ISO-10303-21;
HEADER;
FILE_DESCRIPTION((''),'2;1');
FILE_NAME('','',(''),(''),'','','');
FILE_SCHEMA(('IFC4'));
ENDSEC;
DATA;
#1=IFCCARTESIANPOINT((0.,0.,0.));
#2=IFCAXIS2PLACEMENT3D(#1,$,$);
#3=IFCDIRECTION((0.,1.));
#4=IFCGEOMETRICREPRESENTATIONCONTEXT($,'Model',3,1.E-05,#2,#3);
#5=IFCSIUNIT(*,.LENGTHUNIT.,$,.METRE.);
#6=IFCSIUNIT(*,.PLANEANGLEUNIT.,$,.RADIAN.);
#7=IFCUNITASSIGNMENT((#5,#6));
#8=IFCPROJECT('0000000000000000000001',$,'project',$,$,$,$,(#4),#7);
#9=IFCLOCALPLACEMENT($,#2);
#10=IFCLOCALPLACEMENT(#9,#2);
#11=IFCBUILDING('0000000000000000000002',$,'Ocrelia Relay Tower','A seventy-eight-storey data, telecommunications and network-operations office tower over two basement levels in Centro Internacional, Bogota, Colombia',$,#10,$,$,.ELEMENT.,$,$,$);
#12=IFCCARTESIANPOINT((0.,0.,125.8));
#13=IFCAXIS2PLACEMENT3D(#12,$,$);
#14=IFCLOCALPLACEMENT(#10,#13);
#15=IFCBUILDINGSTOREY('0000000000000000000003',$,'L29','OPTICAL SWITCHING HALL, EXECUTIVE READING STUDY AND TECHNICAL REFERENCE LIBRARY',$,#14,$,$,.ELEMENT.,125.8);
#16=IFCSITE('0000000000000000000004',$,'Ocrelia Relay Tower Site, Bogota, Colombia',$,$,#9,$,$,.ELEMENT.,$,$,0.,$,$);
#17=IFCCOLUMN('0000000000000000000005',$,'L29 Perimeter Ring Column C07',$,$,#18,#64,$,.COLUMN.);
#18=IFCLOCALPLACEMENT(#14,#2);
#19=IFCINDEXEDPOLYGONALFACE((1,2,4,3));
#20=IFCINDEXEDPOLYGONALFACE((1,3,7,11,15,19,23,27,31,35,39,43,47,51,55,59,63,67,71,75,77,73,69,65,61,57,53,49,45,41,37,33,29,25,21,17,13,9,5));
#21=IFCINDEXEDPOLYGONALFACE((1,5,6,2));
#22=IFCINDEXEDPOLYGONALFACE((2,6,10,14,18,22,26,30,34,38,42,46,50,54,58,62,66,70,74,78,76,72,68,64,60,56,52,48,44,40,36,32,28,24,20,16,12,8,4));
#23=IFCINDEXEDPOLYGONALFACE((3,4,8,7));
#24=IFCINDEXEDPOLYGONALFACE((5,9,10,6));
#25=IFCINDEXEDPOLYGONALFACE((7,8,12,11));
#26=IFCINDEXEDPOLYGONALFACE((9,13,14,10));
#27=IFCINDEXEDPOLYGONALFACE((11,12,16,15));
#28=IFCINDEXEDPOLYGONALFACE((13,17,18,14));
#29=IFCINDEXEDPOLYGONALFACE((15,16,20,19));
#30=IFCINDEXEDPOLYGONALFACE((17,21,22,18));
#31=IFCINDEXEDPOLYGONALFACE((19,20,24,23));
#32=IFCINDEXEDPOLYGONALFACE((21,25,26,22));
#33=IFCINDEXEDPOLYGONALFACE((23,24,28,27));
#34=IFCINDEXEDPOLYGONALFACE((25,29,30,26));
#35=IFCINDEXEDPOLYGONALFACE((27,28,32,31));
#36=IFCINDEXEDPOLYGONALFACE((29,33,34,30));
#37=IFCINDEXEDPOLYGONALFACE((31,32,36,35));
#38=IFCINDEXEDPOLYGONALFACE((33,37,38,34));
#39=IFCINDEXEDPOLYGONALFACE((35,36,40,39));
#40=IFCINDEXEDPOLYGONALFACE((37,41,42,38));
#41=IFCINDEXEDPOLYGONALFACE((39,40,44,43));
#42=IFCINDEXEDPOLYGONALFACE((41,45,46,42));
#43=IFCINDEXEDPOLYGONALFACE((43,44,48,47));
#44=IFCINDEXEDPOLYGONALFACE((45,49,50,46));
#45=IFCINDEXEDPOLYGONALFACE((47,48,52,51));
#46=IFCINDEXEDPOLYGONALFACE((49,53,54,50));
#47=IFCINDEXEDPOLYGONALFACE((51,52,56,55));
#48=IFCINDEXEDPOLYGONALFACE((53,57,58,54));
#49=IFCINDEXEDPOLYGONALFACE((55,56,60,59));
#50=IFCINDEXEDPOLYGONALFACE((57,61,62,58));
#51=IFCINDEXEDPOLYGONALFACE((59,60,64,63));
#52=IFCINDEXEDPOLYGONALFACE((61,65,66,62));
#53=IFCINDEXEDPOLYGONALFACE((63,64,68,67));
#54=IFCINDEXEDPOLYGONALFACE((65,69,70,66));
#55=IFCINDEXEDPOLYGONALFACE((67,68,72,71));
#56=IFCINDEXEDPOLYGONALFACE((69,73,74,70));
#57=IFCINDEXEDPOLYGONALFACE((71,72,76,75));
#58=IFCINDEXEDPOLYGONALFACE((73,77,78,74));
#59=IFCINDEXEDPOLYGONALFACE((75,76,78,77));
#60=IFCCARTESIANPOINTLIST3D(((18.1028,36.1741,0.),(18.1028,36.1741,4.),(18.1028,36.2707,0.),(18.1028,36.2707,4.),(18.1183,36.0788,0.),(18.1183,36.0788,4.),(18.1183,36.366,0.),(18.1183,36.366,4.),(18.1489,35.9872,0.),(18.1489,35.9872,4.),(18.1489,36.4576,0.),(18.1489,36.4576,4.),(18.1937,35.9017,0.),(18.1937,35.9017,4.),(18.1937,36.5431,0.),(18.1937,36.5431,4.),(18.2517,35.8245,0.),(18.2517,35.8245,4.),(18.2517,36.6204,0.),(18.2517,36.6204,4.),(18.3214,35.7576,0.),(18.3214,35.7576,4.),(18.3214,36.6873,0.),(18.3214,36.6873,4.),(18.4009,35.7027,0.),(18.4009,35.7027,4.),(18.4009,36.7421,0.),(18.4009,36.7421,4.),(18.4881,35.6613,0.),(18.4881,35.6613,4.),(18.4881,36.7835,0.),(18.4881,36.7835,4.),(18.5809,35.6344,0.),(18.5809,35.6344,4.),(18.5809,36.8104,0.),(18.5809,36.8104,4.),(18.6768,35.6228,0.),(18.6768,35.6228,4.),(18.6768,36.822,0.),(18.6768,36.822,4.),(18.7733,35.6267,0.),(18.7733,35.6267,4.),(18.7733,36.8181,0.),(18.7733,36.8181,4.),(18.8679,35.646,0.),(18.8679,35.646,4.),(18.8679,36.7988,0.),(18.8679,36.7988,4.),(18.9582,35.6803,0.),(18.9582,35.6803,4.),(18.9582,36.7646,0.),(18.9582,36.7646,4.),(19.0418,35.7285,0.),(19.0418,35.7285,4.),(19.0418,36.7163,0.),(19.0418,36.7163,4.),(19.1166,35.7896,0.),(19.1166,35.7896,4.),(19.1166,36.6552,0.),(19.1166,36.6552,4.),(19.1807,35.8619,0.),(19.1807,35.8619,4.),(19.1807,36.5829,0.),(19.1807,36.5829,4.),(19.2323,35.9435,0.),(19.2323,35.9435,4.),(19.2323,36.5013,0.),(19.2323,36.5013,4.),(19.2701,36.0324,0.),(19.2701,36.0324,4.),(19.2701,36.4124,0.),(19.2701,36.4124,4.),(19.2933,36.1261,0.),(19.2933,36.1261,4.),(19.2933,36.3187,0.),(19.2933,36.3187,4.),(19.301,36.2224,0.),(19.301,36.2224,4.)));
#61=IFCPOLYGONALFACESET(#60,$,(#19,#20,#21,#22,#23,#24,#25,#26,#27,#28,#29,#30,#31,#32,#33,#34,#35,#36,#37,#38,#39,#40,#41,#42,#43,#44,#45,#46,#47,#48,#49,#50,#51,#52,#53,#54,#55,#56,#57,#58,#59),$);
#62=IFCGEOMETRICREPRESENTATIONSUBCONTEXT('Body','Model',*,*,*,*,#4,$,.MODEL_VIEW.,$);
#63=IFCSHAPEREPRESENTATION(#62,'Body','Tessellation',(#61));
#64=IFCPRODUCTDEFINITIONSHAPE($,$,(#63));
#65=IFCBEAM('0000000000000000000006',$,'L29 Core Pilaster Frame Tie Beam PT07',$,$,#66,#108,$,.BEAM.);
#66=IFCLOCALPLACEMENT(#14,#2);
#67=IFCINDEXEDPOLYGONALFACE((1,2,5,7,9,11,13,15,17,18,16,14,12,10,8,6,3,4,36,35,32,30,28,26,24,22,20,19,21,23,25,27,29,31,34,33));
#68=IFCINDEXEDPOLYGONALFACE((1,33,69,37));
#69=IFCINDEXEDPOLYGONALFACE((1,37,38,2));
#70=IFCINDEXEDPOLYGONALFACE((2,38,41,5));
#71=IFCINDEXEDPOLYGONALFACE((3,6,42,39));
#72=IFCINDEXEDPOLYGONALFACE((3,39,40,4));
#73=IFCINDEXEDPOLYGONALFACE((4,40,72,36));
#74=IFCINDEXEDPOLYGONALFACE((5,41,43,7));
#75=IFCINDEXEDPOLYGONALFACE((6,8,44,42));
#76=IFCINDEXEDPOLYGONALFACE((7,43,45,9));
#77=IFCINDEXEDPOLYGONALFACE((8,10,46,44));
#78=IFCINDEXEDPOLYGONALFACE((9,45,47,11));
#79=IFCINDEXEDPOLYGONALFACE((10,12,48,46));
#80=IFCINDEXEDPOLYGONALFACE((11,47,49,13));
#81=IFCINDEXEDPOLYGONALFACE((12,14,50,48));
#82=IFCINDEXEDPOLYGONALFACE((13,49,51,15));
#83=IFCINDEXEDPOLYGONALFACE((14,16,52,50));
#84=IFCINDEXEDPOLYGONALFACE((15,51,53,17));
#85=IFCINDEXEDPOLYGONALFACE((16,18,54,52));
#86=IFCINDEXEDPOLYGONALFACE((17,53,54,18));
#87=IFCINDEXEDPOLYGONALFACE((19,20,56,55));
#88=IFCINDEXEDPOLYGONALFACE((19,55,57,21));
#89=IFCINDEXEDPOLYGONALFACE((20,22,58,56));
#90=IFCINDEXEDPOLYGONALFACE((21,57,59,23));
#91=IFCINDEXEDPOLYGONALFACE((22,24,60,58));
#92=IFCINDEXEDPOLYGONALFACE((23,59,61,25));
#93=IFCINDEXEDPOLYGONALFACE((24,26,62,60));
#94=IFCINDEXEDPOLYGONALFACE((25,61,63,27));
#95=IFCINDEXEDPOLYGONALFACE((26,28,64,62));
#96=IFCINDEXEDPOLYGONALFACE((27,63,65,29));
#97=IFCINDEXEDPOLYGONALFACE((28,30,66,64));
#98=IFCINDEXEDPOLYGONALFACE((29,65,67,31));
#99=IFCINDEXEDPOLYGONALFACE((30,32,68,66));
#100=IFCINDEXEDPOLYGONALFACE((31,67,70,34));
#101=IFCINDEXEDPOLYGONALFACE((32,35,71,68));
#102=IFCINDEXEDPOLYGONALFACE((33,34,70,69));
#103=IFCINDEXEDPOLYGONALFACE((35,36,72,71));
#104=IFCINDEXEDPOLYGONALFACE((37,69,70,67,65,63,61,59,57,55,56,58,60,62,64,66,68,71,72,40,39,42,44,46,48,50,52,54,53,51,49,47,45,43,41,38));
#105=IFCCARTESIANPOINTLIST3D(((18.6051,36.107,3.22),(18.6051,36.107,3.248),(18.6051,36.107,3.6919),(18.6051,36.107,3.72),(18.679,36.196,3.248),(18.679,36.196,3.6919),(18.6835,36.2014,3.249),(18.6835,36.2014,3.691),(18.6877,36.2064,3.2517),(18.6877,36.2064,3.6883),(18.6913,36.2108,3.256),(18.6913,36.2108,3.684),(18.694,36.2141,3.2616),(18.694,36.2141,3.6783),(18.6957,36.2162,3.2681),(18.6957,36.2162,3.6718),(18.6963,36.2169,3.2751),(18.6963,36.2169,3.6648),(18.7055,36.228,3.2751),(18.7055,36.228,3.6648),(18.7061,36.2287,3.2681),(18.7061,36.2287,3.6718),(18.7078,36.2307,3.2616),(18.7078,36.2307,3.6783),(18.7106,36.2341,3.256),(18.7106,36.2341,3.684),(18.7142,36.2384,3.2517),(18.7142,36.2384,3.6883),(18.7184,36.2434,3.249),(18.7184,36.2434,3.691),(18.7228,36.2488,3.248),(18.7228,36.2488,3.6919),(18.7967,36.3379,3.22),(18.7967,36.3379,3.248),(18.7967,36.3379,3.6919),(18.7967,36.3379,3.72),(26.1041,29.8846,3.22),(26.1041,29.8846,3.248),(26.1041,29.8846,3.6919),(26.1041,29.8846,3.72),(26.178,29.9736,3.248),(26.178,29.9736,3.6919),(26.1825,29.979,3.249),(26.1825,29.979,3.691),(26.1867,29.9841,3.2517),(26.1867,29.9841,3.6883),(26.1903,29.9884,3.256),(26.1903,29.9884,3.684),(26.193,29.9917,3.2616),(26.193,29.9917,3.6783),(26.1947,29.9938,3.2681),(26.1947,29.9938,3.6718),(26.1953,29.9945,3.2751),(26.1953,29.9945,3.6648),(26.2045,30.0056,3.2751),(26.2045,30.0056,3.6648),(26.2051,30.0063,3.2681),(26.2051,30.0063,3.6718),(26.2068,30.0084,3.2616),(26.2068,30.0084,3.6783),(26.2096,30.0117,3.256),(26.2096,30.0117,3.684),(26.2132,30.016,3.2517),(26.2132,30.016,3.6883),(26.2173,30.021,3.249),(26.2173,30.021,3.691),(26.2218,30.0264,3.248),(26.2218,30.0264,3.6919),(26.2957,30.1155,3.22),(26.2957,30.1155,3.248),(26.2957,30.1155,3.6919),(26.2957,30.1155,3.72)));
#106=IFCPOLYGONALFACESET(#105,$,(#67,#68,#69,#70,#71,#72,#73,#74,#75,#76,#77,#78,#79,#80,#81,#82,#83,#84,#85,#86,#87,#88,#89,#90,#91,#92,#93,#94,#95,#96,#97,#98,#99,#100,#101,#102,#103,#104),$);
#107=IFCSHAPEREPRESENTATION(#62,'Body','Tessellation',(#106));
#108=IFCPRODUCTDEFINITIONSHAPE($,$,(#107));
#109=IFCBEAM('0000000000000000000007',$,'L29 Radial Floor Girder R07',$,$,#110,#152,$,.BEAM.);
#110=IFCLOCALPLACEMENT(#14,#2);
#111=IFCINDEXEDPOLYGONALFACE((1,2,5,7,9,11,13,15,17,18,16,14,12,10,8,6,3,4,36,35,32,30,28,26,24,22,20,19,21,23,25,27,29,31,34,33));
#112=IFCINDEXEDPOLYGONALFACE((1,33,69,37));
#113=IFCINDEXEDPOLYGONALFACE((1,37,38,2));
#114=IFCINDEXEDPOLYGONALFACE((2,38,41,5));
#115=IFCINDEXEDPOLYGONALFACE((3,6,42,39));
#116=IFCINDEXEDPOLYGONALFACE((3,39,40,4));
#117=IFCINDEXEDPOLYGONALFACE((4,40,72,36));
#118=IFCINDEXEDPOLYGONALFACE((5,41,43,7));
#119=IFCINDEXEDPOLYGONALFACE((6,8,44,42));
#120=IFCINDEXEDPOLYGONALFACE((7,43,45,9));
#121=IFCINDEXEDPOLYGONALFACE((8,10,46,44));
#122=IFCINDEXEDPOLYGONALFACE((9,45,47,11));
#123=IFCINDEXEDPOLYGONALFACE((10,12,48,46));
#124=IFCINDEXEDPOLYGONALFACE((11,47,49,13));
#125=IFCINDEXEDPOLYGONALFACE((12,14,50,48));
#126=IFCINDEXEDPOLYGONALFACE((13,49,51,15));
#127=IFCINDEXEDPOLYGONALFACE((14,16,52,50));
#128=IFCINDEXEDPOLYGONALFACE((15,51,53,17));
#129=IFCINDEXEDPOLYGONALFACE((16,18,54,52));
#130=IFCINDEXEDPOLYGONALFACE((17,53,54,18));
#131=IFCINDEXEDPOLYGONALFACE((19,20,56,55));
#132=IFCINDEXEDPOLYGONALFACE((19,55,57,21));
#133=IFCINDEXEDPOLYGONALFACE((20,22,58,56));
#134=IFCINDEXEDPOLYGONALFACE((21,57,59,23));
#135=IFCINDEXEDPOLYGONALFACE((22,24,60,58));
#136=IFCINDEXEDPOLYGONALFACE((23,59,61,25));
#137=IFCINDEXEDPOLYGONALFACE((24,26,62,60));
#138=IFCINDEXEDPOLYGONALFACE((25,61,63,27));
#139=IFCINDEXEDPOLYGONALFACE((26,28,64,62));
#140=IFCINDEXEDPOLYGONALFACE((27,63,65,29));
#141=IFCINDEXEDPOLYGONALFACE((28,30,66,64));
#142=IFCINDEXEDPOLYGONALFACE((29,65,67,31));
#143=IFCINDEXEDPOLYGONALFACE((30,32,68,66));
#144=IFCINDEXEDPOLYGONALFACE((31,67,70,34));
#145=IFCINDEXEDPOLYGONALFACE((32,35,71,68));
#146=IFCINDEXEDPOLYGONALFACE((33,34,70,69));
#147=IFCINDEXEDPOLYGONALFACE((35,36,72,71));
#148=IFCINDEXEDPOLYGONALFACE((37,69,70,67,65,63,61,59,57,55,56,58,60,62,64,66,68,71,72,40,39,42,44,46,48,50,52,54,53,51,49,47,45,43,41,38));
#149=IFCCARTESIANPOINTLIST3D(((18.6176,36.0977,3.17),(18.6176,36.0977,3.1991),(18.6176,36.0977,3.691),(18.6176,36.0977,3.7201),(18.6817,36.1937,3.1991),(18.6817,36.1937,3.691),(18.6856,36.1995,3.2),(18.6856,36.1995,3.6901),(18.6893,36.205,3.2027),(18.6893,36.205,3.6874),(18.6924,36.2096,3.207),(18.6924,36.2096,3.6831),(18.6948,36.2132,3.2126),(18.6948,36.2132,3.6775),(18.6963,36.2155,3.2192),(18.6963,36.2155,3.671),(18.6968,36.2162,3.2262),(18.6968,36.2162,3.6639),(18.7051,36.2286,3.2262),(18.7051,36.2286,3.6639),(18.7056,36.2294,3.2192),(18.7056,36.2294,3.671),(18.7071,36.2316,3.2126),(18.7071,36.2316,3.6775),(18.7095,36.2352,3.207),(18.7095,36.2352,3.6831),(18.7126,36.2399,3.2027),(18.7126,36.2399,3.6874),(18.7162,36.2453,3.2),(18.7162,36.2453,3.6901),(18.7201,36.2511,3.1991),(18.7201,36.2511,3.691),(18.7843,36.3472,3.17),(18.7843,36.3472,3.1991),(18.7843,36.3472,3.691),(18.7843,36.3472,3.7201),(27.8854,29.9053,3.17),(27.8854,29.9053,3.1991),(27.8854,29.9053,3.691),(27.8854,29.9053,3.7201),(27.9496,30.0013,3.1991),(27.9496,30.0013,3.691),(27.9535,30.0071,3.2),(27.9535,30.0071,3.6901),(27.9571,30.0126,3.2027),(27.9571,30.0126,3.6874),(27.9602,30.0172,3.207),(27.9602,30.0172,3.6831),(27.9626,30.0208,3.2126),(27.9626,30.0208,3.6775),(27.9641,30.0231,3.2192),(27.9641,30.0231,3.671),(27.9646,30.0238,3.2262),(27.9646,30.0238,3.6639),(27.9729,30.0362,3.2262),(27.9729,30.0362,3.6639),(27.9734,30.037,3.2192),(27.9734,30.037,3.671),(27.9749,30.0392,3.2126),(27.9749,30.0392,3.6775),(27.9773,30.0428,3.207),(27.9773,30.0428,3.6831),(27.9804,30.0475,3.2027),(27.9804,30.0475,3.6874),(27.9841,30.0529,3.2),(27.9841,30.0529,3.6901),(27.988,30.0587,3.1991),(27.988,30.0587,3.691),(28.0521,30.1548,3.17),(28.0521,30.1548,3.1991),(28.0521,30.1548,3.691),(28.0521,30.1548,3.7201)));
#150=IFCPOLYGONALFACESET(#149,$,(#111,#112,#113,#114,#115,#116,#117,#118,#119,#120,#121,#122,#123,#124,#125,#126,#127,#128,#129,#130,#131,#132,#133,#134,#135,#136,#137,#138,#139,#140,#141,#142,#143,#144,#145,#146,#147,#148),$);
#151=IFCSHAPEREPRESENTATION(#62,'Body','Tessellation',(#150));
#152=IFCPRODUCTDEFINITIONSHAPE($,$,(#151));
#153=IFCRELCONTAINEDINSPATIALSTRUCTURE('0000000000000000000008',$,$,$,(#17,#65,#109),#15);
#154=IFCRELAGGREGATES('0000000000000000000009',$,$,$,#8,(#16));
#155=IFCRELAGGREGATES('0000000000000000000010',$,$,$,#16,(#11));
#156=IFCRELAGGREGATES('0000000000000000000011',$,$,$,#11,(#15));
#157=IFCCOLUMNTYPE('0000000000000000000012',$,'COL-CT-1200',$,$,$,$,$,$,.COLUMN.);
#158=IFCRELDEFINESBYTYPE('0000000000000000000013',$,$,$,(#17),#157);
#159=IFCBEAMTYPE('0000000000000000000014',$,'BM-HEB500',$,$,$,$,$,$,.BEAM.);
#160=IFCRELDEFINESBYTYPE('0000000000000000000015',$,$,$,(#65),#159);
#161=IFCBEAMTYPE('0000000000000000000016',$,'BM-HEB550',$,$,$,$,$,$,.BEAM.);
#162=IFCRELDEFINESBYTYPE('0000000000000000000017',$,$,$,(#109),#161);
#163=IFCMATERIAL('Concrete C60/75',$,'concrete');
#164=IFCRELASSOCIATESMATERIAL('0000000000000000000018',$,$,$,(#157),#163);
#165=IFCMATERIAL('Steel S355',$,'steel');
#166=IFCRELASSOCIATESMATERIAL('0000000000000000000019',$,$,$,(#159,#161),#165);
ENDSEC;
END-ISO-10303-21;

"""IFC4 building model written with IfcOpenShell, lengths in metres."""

from ifc_helpers import new_model, si_unit, direction, frame, origin, origin_2d, place, context, subcontext, project, spatial, circle, i_section, extrude, material, material_profile, profile_set, type_object, element, save


model = new_model("IFC4")

# Units and contexts
model_context = context("Model", 3, precision=1e-05, world=origin(), true_north=direction((0.0, 1.0)))
body_context = subcontext(model_context, "Body", "Model", "MODEL_VIEW")
ifc_project = project(units=[si_unit("LENGTHUNIT", "METRE"), si_unit("PLANEANGLEUNIT", "RADIAN")], contexts=[model_context])

# Site, building, storey
site_placement = place(None, origin())
site = spatial("IfcSite", under=ifc_project, at=site_placement, Name="Ocrelia Relay Tower Site, Bogota, Colombia", CompositionType="ELEMENT", RefElevation=0.0)
building_placement = place(site_placement, origin())
building = spatial("IfcBuilding", under=site, at=building_placement, Name="Ocrelia Relay Tower", Description="A seventy-eight-storey data, telecommunications and network-operations office tower over two basement levels in Centro Internacional, Bogota, Colombia", CompositionType="ELEMENT")
storey_placement = place(building_placement, frame((0.0, 0.0, 125.8)))
storey = spatial("IfcBuildingStorey", under=building, at=storey_placement, Name="L29", Description="OPTICAL SWITCHING HALL, EXECUTIVE READING STUDY AND TECHNICAL REFERENCE LIBRARY", CompositionType="ELEMENT", Elevation=125.8)

# Column
ifc_material_1 = material(Name="Concrete C60/75", Category="concrete")
ifc_material_profile_1 = material_profile(ifc_material_1, circle(Radius=0.6001, at=origin_2d()), Name="RC-CIR-1200")
ifc_profile_set_1 = profile_set([ifc_material_profile_1], Name="Concrete C60/75")
column_type = type_object("IfcColumnType", Name="COL-CT-1200", PredefinedType="COLUMN", material=ifc_profile_set_1)
column_placement = place(storey_placement, frame((18.7009, 36.2224, 0.0), z_axis=(0.0, 0.0, 1.0), x_axis=(1.0, 0.0, 0.0)))
element("IfcColumn", 1, at=column_placement, inside=storey, type_object=column_type, Name="L29 Perimeter Ring Column C07", PredefinedType="COLUMN", context=body_context, shape_type="SweptSolid", body=[
    extrude(circle(Radius=0.6001, at=origin_2d()), origin(), (0.0, 0.0, 1.0), 4.0),
])

# Beams
ifc_material_2 = material(Name="Steel S355", Category="steel")
ifc_material_profile_2 = material_profile(ifc_material_2, i_section(OverallWidth=0.3, OverallDepth=0.5, WebThickness=0.0144, FlangeThickness=0.0281, FilletRadius=0.0271, at=origin_2d()), Name="HEB 500")
ifc_profile_set_2 = profile_set([ifc_material_profile_2], Name="Steel S355")
beam_type_1 = type_object("IfcBeamType", Name="BM-HEB500", PredefinedType="BEAM", material=ifc_profile_set_2)
beam_1_placement = place(storey_placement, frame((18.7009, 36.2224, 3.47), z_axis=(0.769571, -0.638561, 0.0), x_axis=(0.638561, 0.769571, 0.0)))
element("IfcBeam", 2, at=beam_1_placement, inside=storey, type_object=beam_type_1, Name="L29 Core Pilaster Frame Tie Beam PT07", PredefinedType="BEAM", context=body_context, shape_type="SweptSolid", body=[
    extrude(i_section(OverallWidth=0.3, OverallDepth=0.5, WebThickness=0.0144, FlangeThickness=0.0281, FilletRadius=0.0271, at=origin_2d()), origin(), (0.0, 0.0, 1.0), 9.7444),
])
ifc_material_profile_3 = material_profile(ifc_material_2, i_section(OverallWidth=0.3, OverallDepth=0.55, WebThickness=0.0149, FlangeThickness=0.0291, FilletRadius=0.0271, at=origin_2d()), Name="HEB 550")
ifc_profile_set_3 = profile_set([ifc_material_profile_3], Name="Steel S355")
beam_type_2 = type_object("IfcBeamType", Name="BM-HEB550", PredefinedType="BEAM", material=ifc_profile_set_3)
beam_2_placement = place(storey_placement, frame((18.7009, 36.2224, 3.4451), z_axis=(0.831477, -0.555559, 0.0), x_axis=(0.555559, 0.831477, 0.0)))
element("IfcBeam", 3, at=beam_2_placement, inside=storey, type_object=beam_type_2, Name="L29 Radial Floor Girder R07", PredefinedType="BEAM", context=body_context, shape_type="SweptSolid", body=[
    extrude(i_section(OverallWidth=0.3, OverallDepth=0.55, WebThickness=0.0149, FlangeThickness=0.0291, FilletRadius=0.0271, at=origin_2d()), origin(), (0.0, 0.0, 1.0), 11.1462),
])

save(model, "model.ifc")
